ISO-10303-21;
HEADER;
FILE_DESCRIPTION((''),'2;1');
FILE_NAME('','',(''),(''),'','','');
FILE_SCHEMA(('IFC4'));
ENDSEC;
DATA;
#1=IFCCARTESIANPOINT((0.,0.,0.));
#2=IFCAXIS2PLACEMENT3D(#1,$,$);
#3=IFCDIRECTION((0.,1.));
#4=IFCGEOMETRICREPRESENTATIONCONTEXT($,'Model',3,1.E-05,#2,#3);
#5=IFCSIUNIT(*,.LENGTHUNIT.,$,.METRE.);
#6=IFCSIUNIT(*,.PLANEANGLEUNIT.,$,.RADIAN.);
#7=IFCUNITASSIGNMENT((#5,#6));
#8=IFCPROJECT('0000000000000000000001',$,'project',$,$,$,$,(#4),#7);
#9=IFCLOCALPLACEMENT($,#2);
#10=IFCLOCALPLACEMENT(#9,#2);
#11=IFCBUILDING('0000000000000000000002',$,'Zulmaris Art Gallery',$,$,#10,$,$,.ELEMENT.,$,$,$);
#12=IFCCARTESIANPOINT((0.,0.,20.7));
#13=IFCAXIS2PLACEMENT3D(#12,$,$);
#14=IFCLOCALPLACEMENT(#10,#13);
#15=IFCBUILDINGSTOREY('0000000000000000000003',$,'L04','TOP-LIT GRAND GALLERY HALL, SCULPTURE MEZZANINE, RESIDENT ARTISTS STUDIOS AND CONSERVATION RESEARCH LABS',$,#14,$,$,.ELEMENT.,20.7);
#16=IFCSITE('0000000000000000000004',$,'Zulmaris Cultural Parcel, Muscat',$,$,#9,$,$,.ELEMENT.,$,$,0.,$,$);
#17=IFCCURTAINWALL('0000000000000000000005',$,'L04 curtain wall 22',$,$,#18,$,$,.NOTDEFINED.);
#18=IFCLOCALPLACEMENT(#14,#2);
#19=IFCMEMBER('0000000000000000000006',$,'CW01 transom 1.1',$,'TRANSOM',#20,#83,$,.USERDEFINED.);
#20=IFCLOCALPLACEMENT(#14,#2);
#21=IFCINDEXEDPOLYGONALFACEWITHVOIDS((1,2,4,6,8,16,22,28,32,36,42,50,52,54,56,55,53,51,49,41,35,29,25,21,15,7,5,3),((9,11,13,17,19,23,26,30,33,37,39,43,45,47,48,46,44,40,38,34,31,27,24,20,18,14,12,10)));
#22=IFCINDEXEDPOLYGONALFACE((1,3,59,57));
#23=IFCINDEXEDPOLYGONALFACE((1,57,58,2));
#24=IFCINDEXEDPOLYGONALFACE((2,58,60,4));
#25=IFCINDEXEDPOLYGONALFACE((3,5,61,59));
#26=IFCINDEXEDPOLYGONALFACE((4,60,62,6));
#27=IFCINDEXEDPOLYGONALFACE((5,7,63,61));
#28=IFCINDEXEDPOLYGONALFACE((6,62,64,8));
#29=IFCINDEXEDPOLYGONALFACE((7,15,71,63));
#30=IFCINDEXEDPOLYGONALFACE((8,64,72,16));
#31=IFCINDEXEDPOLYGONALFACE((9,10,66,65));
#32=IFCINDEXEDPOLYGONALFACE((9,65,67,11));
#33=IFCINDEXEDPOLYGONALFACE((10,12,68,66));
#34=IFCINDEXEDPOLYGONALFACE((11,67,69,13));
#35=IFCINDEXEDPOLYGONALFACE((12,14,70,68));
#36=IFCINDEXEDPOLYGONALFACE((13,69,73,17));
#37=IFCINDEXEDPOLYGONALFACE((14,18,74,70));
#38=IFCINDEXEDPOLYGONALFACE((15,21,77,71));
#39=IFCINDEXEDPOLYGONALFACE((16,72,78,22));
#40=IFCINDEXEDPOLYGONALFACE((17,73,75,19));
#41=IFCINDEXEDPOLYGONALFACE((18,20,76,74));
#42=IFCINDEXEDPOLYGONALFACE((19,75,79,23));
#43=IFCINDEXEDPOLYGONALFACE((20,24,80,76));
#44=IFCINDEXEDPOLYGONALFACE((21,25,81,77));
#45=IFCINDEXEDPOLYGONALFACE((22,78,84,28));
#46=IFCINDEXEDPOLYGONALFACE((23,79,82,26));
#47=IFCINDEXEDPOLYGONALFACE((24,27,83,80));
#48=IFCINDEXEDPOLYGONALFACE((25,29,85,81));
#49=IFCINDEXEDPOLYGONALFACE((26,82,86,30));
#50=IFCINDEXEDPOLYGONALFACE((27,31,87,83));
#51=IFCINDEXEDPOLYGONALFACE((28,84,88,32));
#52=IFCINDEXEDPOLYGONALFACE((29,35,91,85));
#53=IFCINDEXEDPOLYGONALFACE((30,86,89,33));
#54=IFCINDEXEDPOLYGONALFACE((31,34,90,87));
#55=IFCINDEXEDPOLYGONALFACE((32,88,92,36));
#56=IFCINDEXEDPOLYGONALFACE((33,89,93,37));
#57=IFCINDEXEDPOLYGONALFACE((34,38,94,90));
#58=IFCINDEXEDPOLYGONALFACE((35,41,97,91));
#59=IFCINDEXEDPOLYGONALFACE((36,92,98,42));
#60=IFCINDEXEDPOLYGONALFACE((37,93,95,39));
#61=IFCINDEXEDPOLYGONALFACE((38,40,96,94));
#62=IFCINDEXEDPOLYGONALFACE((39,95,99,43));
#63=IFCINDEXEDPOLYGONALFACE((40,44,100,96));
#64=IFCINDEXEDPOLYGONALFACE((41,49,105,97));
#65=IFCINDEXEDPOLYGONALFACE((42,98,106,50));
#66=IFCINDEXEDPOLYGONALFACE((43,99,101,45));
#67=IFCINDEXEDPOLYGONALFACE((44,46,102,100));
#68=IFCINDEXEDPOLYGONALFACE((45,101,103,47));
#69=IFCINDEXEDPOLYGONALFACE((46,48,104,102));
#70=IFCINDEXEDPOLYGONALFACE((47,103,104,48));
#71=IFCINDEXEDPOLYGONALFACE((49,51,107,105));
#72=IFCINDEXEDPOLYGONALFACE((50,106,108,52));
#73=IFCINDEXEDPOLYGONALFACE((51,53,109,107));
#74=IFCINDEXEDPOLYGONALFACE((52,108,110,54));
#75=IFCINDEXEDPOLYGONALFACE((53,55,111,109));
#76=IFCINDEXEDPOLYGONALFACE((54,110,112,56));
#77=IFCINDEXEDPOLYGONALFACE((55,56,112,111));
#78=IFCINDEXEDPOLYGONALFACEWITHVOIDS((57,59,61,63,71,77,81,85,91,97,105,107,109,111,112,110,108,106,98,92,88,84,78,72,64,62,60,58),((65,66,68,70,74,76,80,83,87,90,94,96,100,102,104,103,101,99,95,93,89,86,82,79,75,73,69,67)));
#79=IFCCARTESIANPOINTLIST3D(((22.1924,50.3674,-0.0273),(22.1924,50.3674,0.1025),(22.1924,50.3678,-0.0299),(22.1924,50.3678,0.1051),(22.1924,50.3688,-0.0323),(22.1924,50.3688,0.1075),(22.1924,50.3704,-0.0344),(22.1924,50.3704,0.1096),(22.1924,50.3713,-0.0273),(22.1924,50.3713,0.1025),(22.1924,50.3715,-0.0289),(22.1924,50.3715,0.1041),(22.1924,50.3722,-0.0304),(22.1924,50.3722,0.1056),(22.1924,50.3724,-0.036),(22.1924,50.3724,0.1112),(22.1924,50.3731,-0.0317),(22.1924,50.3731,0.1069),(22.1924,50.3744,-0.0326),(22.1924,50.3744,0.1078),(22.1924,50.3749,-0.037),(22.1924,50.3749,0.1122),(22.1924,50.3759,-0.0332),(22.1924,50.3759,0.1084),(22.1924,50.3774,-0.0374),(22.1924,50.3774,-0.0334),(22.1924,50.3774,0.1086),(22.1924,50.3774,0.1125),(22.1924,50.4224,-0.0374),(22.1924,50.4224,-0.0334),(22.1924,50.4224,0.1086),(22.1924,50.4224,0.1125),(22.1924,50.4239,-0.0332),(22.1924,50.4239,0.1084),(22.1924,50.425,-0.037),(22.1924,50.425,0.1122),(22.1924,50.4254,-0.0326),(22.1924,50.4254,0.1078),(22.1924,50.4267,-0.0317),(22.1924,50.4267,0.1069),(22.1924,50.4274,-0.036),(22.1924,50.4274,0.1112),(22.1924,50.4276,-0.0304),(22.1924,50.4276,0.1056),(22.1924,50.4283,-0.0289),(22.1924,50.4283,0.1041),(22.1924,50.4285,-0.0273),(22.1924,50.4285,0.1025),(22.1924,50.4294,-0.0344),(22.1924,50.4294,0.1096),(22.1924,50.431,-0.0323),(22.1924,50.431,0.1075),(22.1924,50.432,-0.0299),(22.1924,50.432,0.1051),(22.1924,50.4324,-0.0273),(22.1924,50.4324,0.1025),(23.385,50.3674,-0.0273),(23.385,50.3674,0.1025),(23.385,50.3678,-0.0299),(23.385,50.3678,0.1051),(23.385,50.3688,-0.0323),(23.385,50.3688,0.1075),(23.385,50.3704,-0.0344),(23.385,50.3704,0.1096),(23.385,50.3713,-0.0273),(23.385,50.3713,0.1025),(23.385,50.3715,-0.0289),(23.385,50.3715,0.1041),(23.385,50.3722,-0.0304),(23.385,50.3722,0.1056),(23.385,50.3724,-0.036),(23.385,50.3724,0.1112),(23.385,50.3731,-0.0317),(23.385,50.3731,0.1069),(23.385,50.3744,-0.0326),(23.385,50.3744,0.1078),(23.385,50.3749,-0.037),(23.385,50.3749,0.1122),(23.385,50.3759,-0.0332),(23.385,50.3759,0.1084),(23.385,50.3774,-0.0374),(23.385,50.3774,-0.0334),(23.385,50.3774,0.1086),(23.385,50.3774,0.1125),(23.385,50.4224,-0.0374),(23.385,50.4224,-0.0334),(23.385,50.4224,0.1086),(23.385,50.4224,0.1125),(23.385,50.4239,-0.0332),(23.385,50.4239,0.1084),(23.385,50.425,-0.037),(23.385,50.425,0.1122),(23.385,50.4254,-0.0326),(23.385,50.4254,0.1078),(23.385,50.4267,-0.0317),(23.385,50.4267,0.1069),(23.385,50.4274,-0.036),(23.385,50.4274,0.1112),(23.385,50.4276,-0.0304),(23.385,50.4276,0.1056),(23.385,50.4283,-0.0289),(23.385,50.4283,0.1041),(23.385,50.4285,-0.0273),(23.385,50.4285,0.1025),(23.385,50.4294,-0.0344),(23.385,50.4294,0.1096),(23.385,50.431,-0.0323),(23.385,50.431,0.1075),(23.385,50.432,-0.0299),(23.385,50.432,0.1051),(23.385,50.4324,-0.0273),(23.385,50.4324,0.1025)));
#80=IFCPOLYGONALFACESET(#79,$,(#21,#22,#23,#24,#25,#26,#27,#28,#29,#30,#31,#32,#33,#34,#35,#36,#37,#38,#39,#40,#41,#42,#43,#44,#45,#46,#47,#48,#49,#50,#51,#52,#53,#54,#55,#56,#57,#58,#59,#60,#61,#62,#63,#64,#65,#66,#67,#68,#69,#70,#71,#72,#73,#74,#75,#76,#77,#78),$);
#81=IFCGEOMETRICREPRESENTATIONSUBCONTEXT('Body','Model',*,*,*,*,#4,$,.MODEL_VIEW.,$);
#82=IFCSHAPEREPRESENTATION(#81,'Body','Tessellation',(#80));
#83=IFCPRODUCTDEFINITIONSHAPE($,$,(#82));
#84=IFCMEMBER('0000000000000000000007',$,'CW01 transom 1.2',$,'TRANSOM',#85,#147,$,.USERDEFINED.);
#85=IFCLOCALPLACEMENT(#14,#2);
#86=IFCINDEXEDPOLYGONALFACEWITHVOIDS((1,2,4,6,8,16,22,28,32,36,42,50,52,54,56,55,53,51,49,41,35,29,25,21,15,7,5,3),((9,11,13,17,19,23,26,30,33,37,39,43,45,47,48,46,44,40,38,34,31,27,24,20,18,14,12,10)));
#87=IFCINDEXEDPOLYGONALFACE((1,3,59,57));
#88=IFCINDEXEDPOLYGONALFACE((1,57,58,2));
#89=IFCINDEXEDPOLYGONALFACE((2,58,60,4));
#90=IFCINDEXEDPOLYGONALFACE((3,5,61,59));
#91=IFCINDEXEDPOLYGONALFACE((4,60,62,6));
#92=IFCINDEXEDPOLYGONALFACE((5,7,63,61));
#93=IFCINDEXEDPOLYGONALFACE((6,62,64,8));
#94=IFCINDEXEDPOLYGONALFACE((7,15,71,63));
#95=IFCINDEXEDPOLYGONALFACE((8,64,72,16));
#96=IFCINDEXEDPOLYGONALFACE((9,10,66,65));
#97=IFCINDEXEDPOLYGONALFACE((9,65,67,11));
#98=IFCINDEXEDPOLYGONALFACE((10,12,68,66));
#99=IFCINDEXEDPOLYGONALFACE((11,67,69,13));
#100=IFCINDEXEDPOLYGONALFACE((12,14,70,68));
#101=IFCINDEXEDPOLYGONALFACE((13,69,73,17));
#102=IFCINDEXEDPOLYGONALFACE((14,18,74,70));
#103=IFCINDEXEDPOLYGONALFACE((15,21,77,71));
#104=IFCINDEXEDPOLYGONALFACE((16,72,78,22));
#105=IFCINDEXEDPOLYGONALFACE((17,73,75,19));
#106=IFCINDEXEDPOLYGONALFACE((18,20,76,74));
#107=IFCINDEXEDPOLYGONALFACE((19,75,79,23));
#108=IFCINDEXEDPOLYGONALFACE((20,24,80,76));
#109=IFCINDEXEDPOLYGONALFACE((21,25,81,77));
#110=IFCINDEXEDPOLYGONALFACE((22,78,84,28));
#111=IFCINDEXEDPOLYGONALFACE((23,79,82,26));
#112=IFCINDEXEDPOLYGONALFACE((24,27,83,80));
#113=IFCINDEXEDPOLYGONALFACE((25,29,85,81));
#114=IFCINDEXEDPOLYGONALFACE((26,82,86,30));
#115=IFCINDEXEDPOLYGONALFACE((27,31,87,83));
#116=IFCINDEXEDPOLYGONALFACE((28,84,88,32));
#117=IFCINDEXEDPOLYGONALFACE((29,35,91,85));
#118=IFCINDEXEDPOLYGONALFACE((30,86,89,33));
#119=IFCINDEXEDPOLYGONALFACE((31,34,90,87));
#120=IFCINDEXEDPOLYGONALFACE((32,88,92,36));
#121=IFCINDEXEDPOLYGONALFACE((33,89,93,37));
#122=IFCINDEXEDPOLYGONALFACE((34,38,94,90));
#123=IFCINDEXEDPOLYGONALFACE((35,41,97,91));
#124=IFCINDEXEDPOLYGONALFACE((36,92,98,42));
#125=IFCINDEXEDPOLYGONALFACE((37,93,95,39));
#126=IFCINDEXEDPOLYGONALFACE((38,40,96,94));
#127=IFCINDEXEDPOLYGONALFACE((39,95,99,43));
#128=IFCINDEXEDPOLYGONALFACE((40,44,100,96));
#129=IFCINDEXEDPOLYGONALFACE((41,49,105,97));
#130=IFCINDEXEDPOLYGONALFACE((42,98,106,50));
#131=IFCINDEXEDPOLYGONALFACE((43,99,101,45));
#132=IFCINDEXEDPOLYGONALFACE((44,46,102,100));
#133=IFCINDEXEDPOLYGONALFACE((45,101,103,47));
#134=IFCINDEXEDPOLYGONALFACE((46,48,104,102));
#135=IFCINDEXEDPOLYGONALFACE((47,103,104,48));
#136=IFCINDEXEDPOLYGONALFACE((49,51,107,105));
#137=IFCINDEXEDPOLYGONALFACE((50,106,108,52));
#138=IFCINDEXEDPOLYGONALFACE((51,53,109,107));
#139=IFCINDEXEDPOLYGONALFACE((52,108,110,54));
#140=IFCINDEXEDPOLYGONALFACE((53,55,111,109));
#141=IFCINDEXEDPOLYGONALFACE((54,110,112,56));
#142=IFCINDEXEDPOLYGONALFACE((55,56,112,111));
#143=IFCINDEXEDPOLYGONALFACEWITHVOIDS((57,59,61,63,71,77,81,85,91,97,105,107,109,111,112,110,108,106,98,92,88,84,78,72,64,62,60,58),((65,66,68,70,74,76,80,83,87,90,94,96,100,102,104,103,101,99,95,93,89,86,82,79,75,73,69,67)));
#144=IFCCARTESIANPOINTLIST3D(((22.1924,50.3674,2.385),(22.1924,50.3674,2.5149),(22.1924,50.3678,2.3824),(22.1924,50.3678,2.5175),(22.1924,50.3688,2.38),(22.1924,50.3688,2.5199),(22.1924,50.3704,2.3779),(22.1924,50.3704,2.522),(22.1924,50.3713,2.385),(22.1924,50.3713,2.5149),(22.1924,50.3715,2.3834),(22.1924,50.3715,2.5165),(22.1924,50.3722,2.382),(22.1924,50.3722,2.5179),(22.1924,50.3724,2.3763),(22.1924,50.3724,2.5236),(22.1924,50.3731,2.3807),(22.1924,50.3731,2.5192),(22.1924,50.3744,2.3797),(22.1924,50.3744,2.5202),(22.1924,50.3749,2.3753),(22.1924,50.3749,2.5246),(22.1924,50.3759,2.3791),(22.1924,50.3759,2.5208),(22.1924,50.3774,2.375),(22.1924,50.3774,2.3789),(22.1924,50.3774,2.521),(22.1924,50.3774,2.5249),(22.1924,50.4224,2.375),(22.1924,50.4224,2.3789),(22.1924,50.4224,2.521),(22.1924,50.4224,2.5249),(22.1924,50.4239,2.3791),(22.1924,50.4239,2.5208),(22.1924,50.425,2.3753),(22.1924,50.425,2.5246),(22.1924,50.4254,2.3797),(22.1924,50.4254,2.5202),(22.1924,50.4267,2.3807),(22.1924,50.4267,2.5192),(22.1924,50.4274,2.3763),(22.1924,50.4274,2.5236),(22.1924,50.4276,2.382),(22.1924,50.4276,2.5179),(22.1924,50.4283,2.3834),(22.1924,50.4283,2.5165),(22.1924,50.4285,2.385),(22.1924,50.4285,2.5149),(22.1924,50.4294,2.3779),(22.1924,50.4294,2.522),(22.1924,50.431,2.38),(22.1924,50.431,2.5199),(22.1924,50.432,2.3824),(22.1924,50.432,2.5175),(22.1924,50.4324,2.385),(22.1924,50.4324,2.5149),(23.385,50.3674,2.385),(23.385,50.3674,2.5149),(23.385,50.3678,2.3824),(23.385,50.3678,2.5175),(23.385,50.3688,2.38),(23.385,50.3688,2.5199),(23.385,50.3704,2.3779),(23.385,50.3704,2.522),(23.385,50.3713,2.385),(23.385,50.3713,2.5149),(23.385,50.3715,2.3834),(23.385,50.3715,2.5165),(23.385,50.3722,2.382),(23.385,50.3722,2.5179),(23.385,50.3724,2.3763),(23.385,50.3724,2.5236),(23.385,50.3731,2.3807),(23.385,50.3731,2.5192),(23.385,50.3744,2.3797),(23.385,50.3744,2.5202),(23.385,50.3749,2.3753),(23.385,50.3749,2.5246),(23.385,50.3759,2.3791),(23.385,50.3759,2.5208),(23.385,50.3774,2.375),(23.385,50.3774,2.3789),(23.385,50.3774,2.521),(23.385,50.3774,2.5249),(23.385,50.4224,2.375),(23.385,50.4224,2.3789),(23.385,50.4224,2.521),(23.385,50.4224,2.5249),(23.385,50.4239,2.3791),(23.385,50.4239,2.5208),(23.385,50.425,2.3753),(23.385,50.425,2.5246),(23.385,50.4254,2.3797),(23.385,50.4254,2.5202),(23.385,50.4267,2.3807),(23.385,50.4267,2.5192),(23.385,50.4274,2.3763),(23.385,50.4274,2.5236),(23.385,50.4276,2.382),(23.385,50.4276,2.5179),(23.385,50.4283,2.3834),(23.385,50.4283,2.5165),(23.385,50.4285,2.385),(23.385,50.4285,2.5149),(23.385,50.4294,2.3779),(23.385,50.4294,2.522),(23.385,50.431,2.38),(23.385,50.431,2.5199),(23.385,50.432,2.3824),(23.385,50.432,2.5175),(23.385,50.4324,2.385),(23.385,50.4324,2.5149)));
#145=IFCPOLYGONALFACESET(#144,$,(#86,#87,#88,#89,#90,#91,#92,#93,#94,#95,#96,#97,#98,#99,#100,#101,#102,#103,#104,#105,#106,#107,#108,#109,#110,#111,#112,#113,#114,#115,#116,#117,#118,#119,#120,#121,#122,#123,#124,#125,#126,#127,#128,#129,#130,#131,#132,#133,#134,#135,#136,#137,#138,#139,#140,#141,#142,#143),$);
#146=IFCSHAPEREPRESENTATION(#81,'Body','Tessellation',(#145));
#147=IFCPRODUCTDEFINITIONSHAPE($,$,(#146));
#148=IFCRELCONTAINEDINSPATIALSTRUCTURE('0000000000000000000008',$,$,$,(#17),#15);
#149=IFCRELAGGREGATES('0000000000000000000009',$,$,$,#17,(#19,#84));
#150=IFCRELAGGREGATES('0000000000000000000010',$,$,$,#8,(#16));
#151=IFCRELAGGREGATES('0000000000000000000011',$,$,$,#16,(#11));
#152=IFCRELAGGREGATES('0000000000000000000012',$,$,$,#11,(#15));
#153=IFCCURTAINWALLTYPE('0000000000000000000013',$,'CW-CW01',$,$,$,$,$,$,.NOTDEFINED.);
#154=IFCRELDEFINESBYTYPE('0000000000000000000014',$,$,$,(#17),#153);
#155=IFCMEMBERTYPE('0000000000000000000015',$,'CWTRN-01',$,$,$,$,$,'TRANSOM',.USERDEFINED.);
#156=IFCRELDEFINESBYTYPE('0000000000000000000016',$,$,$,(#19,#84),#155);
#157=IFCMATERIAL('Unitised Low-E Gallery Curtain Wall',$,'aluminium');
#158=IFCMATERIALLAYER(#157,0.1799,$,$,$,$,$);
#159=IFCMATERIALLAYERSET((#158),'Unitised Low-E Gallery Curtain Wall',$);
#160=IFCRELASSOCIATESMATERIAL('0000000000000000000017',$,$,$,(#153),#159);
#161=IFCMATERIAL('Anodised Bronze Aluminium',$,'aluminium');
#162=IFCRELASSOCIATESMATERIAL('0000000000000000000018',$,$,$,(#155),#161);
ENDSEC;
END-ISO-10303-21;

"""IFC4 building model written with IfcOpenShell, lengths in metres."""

from ifc_helpers import new_model, si_unit, direction, frame, origin, origin_2d, place, context, subcontext, project, spatial, hollow_rectangle, extrude, material, layer, layer_set, material_profile, profile_set, type_object, element, aggregate, save


model = new_model("IFC4")

# Units and contexts
model_context = context("Model", 3, precision=1e-05, world=origin(), true_north=direction((0.0, 1.0)))
body_context = subcontext(model_context, "Body", "Model", "MODEL_VIEW")
ifc_project = project(units=[si_unit("LENGTHUNIT", "METRE"), si_unit("PLANEANGLEUNIT", "RADIAN")], contexts=[model_context])

# Site, building, storey
site_placement = place(None, origin())
site = spatial("IfcSite", under=ifc_project, at=site_placement, Name="Zulmaris Cultural Parcel, Muscat", CompositionType="ELEMENT", RefElevation=0.0)
building_placement = place(site_placement, origin())
building = spatial("IfcBuilding", under=site, at=building_placement, Name="Zulmaris Art Gallery", CompositionType="ELEMENT")
storey_placement = place(building_placement, frame((0.0, 0.0, 20.7)))
storey = spatial("IfcBuildingStorey", under=building, at=storey_placement, Name="L04", Description="TOP-LIT GRAND GALLERY HALL, SCULPTURE MEZZANINE, RESIDENT ARTISTS STUDIOS AND CONSERVATION RESEARCH LABS", CompositionType="ELEMENT", Elevation=20.7)

# Curtain wall, members
ifc_material_1 = material(Name="Unitised Low-E Gallery Curtain Wall", Category="aluminium")
ifc_layer_1 = layer(ifc_material_1, 0.1799)
ifc_layer_set_1 = layer_set([ifc_layer_1], Name="Unitised Low-E Gallery Curtain Wall")
curtain_wall_type = type_object("IfcCurtainWallType", Name="CW-CW01", PredefinedType="NOTDEFINED", material=ifc_layer_set_1)
curtain_wall_placement = place(storey_placement, origin())
curtain_wall = element("IfcCurtainWall", 1, at=curtain_wall_placement, inside=storey, type_object=curtain_wall_type, Name="L04 curtain wall 22", PredefinedType="NOTDEFINED")
ifc_material_2 = material(Name="Anodised Bronze Aluminium", Category="aluminium")
ifc_material_profile_1 = material_profile(ifc_material_2, hollow_rectangle(XDim=0.0649, YDim=0.1499, WallThickness=0.0039, InnerFilletRadius=0.0061, OuterFilletRadius=0.01, at=origin_2d()), Name="ALU 65x150x4")
ifc_profile_set_1 = profile_set([ifc_material_profile_1], Name="Anodised Bronze Aluminium")
member_type_1 = type_object("IfcMemberType", Name="CWTRN-01", ElementType="TRANSOM", PredefinedType="USERDEFINED", material=ifc_profile_set_1)
member_1_placement = place(storey_placement, frame((23.385, 50.3999, 0.0376), z_axis=(-1.0, 0.0, 0.0), x_axis=(0.0, -1.0, 0.0)))
member_1 = element("IfcMember", 2, at=member_1_placement, type_object=member_type_1, Name="CW01 transom 1.1", ObjectType="TRANSOM", PredefinedType="USERDEFINED", context=body_context, shape_type="SweptSolid", body=[
    extrude(hollow_rectangle(XDim=0.0649, YDim=0.1499, WallThickness=0.0039, InnerFilletRadius=0.0061, OuterFilletRadius=0.01, at=origin_2d()), origin(), (0.0, 0.0, 1.0), 1.1926),
])
member_2_placement = place(storey_placement, frame((23.385, 50.3999, 2.45), z_axis=(-1.0, 0.0, 0.0), x_axis=(0.0, -1.0, 0.0)))
member_2 = element("IfcMember", 3, at=member_2_placement, type_object=member_type_1, Name="CW01 transom 1.2", ObjectType="TRANSOM", PredefinedType="USERDEFINED", context=body_context, shape_type="SweptSolid", body=[
    extrude(hollow_rectangle(XDim=0.0649, YDim=0.1499, WallThickness=0.0039, InnerFilletRadius=0.0061, OuterFilletRadius=0.01, at=origin_2d()), origin(), (0.0, 0.0, 1.0), 1.1926),
])

aggregate(curtain_wall, [member_1, member_2])

save(model, "model.ifc")
